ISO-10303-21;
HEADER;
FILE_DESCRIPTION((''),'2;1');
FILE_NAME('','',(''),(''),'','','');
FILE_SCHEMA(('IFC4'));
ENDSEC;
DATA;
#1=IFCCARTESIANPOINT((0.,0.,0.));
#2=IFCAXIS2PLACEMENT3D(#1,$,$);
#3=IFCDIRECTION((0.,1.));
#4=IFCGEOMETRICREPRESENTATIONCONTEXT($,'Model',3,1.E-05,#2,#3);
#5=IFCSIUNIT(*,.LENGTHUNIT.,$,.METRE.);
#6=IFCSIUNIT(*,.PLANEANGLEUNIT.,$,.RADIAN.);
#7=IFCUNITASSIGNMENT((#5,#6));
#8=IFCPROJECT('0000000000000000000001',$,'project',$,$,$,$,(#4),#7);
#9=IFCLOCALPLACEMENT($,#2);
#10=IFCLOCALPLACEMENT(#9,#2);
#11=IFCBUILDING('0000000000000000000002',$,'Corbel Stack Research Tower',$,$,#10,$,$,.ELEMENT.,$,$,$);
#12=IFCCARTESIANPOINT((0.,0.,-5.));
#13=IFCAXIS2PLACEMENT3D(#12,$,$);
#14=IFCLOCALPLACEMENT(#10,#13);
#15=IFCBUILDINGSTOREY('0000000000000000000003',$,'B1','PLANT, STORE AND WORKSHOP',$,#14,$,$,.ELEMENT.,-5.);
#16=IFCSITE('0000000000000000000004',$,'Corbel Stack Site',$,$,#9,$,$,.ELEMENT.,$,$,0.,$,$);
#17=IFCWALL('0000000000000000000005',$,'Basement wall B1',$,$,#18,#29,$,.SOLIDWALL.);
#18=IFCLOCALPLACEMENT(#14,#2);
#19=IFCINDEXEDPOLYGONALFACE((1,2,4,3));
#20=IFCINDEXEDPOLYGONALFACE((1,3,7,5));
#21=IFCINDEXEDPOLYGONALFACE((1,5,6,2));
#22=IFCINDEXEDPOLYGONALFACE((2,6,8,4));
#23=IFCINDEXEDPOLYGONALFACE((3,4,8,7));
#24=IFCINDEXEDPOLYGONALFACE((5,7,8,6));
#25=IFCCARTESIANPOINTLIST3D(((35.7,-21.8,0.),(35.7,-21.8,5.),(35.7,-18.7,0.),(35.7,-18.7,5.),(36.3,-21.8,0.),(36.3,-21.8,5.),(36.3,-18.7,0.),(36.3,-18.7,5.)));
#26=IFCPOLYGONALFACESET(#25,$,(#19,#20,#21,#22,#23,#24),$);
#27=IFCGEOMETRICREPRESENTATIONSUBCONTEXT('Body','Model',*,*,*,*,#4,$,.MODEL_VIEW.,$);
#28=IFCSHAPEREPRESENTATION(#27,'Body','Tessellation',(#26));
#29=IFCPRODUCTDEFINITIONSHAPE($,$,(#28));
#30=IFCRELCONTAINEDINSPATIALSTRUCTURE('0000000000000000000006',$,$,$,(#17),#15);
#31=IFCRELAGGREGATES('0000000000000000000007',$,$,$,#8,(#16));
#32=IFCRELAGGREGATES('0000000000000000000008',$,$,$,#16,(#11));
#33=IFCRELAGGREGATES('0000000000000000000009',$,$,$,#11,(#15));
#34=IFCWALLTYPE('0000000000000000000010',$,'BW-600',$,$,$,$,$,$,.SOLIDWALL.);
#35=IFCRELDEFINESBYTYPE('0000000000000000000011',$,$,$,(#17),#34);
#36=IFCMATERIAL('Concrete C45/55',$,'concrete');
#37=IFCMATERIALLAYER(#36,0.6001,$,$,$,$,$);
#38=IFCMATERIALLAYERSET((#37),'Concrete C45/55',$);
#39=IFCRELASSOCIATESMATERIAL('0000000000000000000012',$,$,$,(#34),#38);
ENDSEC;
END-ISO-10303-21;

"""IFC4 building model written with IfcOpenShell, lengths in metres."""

from ifc_helpers import new_model, si_unit, direction, frame, frame_2d, origin, place, context, subcontext, project, spatial, rectangle, extrude, material, layer, layer_set, type_object, element, save


model = new_model("IFC4")

# Units and contexts
model_context = context("Model", 3, precision=1e-05, world=origin(), true_north=direction((0.0, 1.0)))
body_context = subcontext(model_context, "Body", "Model", "MODEL_VIEW")
ifc_project = project(units=[si_unit("LENGTHUNIT", "METRE"), si_unit("PLANEANGLEUNIT", "RADIAN")], contexts=[model_context])

# Site, building, storey
site_placement = place(None, origin())
site = spatial("IfcSite", under=ifc_project, at=site_placement, Name="Corbel Stack Site", CompositionType="ELEMENT", RefElevation=0.0)
building_placement = place(site_placement, origin())
building = spatial("IfcBuilding", under=site, at=building_placement, Name="Corbel Stack Research Tower", CompositionType="ELEMENT")
storey_placement = place(building_placement, frame((0.0, 0.0, -5.0)))
storey = spatial("IfcBuildingStorey", under=building, at=storey_placement, Name="B1", Description="PLANT, STORE AND WORKSHOP", CompositionType="ELEMENT", Elevation=-5.0)

# Wall
ifc_material_1 = material(Name="Concrete C45/55", Category="concrete")
ifc_layer = layer(ifc_material_1, 0.6001)
ifc_layer_set = layer_set([ifc_layer], Name="Concrete C45/55")
wall_type = type_object("IfcWallType", Name="BW-600", PredefinedType="SOLIDWALL", material=ifc_layer_set)
for number, where, z_axis, x_axis, name in (
    (1, (36.0, -21.8, 0.0), (0.0, 0.0, 1.0), (0.0, 1.0, 0.0), "Basement wall B1"),
):
    element("IfcWall", number, at=place(storey_placement, frame(where, z_axis=z_axis, x_axis=x_axis)), inside=storey, type_object=wall_type, Name=name, PredefinedType="SOLIDWALL", context=body_context, shape_type="SweptSolid", body=[
        extrude(rectangle(XDim=3.1001, YDim=0.6001, at=frame_2d((1.55, 0.0))), origin(), (0.0, 0.0, 1.0), 5.0),
    ])

save(model, "model.ifc")
